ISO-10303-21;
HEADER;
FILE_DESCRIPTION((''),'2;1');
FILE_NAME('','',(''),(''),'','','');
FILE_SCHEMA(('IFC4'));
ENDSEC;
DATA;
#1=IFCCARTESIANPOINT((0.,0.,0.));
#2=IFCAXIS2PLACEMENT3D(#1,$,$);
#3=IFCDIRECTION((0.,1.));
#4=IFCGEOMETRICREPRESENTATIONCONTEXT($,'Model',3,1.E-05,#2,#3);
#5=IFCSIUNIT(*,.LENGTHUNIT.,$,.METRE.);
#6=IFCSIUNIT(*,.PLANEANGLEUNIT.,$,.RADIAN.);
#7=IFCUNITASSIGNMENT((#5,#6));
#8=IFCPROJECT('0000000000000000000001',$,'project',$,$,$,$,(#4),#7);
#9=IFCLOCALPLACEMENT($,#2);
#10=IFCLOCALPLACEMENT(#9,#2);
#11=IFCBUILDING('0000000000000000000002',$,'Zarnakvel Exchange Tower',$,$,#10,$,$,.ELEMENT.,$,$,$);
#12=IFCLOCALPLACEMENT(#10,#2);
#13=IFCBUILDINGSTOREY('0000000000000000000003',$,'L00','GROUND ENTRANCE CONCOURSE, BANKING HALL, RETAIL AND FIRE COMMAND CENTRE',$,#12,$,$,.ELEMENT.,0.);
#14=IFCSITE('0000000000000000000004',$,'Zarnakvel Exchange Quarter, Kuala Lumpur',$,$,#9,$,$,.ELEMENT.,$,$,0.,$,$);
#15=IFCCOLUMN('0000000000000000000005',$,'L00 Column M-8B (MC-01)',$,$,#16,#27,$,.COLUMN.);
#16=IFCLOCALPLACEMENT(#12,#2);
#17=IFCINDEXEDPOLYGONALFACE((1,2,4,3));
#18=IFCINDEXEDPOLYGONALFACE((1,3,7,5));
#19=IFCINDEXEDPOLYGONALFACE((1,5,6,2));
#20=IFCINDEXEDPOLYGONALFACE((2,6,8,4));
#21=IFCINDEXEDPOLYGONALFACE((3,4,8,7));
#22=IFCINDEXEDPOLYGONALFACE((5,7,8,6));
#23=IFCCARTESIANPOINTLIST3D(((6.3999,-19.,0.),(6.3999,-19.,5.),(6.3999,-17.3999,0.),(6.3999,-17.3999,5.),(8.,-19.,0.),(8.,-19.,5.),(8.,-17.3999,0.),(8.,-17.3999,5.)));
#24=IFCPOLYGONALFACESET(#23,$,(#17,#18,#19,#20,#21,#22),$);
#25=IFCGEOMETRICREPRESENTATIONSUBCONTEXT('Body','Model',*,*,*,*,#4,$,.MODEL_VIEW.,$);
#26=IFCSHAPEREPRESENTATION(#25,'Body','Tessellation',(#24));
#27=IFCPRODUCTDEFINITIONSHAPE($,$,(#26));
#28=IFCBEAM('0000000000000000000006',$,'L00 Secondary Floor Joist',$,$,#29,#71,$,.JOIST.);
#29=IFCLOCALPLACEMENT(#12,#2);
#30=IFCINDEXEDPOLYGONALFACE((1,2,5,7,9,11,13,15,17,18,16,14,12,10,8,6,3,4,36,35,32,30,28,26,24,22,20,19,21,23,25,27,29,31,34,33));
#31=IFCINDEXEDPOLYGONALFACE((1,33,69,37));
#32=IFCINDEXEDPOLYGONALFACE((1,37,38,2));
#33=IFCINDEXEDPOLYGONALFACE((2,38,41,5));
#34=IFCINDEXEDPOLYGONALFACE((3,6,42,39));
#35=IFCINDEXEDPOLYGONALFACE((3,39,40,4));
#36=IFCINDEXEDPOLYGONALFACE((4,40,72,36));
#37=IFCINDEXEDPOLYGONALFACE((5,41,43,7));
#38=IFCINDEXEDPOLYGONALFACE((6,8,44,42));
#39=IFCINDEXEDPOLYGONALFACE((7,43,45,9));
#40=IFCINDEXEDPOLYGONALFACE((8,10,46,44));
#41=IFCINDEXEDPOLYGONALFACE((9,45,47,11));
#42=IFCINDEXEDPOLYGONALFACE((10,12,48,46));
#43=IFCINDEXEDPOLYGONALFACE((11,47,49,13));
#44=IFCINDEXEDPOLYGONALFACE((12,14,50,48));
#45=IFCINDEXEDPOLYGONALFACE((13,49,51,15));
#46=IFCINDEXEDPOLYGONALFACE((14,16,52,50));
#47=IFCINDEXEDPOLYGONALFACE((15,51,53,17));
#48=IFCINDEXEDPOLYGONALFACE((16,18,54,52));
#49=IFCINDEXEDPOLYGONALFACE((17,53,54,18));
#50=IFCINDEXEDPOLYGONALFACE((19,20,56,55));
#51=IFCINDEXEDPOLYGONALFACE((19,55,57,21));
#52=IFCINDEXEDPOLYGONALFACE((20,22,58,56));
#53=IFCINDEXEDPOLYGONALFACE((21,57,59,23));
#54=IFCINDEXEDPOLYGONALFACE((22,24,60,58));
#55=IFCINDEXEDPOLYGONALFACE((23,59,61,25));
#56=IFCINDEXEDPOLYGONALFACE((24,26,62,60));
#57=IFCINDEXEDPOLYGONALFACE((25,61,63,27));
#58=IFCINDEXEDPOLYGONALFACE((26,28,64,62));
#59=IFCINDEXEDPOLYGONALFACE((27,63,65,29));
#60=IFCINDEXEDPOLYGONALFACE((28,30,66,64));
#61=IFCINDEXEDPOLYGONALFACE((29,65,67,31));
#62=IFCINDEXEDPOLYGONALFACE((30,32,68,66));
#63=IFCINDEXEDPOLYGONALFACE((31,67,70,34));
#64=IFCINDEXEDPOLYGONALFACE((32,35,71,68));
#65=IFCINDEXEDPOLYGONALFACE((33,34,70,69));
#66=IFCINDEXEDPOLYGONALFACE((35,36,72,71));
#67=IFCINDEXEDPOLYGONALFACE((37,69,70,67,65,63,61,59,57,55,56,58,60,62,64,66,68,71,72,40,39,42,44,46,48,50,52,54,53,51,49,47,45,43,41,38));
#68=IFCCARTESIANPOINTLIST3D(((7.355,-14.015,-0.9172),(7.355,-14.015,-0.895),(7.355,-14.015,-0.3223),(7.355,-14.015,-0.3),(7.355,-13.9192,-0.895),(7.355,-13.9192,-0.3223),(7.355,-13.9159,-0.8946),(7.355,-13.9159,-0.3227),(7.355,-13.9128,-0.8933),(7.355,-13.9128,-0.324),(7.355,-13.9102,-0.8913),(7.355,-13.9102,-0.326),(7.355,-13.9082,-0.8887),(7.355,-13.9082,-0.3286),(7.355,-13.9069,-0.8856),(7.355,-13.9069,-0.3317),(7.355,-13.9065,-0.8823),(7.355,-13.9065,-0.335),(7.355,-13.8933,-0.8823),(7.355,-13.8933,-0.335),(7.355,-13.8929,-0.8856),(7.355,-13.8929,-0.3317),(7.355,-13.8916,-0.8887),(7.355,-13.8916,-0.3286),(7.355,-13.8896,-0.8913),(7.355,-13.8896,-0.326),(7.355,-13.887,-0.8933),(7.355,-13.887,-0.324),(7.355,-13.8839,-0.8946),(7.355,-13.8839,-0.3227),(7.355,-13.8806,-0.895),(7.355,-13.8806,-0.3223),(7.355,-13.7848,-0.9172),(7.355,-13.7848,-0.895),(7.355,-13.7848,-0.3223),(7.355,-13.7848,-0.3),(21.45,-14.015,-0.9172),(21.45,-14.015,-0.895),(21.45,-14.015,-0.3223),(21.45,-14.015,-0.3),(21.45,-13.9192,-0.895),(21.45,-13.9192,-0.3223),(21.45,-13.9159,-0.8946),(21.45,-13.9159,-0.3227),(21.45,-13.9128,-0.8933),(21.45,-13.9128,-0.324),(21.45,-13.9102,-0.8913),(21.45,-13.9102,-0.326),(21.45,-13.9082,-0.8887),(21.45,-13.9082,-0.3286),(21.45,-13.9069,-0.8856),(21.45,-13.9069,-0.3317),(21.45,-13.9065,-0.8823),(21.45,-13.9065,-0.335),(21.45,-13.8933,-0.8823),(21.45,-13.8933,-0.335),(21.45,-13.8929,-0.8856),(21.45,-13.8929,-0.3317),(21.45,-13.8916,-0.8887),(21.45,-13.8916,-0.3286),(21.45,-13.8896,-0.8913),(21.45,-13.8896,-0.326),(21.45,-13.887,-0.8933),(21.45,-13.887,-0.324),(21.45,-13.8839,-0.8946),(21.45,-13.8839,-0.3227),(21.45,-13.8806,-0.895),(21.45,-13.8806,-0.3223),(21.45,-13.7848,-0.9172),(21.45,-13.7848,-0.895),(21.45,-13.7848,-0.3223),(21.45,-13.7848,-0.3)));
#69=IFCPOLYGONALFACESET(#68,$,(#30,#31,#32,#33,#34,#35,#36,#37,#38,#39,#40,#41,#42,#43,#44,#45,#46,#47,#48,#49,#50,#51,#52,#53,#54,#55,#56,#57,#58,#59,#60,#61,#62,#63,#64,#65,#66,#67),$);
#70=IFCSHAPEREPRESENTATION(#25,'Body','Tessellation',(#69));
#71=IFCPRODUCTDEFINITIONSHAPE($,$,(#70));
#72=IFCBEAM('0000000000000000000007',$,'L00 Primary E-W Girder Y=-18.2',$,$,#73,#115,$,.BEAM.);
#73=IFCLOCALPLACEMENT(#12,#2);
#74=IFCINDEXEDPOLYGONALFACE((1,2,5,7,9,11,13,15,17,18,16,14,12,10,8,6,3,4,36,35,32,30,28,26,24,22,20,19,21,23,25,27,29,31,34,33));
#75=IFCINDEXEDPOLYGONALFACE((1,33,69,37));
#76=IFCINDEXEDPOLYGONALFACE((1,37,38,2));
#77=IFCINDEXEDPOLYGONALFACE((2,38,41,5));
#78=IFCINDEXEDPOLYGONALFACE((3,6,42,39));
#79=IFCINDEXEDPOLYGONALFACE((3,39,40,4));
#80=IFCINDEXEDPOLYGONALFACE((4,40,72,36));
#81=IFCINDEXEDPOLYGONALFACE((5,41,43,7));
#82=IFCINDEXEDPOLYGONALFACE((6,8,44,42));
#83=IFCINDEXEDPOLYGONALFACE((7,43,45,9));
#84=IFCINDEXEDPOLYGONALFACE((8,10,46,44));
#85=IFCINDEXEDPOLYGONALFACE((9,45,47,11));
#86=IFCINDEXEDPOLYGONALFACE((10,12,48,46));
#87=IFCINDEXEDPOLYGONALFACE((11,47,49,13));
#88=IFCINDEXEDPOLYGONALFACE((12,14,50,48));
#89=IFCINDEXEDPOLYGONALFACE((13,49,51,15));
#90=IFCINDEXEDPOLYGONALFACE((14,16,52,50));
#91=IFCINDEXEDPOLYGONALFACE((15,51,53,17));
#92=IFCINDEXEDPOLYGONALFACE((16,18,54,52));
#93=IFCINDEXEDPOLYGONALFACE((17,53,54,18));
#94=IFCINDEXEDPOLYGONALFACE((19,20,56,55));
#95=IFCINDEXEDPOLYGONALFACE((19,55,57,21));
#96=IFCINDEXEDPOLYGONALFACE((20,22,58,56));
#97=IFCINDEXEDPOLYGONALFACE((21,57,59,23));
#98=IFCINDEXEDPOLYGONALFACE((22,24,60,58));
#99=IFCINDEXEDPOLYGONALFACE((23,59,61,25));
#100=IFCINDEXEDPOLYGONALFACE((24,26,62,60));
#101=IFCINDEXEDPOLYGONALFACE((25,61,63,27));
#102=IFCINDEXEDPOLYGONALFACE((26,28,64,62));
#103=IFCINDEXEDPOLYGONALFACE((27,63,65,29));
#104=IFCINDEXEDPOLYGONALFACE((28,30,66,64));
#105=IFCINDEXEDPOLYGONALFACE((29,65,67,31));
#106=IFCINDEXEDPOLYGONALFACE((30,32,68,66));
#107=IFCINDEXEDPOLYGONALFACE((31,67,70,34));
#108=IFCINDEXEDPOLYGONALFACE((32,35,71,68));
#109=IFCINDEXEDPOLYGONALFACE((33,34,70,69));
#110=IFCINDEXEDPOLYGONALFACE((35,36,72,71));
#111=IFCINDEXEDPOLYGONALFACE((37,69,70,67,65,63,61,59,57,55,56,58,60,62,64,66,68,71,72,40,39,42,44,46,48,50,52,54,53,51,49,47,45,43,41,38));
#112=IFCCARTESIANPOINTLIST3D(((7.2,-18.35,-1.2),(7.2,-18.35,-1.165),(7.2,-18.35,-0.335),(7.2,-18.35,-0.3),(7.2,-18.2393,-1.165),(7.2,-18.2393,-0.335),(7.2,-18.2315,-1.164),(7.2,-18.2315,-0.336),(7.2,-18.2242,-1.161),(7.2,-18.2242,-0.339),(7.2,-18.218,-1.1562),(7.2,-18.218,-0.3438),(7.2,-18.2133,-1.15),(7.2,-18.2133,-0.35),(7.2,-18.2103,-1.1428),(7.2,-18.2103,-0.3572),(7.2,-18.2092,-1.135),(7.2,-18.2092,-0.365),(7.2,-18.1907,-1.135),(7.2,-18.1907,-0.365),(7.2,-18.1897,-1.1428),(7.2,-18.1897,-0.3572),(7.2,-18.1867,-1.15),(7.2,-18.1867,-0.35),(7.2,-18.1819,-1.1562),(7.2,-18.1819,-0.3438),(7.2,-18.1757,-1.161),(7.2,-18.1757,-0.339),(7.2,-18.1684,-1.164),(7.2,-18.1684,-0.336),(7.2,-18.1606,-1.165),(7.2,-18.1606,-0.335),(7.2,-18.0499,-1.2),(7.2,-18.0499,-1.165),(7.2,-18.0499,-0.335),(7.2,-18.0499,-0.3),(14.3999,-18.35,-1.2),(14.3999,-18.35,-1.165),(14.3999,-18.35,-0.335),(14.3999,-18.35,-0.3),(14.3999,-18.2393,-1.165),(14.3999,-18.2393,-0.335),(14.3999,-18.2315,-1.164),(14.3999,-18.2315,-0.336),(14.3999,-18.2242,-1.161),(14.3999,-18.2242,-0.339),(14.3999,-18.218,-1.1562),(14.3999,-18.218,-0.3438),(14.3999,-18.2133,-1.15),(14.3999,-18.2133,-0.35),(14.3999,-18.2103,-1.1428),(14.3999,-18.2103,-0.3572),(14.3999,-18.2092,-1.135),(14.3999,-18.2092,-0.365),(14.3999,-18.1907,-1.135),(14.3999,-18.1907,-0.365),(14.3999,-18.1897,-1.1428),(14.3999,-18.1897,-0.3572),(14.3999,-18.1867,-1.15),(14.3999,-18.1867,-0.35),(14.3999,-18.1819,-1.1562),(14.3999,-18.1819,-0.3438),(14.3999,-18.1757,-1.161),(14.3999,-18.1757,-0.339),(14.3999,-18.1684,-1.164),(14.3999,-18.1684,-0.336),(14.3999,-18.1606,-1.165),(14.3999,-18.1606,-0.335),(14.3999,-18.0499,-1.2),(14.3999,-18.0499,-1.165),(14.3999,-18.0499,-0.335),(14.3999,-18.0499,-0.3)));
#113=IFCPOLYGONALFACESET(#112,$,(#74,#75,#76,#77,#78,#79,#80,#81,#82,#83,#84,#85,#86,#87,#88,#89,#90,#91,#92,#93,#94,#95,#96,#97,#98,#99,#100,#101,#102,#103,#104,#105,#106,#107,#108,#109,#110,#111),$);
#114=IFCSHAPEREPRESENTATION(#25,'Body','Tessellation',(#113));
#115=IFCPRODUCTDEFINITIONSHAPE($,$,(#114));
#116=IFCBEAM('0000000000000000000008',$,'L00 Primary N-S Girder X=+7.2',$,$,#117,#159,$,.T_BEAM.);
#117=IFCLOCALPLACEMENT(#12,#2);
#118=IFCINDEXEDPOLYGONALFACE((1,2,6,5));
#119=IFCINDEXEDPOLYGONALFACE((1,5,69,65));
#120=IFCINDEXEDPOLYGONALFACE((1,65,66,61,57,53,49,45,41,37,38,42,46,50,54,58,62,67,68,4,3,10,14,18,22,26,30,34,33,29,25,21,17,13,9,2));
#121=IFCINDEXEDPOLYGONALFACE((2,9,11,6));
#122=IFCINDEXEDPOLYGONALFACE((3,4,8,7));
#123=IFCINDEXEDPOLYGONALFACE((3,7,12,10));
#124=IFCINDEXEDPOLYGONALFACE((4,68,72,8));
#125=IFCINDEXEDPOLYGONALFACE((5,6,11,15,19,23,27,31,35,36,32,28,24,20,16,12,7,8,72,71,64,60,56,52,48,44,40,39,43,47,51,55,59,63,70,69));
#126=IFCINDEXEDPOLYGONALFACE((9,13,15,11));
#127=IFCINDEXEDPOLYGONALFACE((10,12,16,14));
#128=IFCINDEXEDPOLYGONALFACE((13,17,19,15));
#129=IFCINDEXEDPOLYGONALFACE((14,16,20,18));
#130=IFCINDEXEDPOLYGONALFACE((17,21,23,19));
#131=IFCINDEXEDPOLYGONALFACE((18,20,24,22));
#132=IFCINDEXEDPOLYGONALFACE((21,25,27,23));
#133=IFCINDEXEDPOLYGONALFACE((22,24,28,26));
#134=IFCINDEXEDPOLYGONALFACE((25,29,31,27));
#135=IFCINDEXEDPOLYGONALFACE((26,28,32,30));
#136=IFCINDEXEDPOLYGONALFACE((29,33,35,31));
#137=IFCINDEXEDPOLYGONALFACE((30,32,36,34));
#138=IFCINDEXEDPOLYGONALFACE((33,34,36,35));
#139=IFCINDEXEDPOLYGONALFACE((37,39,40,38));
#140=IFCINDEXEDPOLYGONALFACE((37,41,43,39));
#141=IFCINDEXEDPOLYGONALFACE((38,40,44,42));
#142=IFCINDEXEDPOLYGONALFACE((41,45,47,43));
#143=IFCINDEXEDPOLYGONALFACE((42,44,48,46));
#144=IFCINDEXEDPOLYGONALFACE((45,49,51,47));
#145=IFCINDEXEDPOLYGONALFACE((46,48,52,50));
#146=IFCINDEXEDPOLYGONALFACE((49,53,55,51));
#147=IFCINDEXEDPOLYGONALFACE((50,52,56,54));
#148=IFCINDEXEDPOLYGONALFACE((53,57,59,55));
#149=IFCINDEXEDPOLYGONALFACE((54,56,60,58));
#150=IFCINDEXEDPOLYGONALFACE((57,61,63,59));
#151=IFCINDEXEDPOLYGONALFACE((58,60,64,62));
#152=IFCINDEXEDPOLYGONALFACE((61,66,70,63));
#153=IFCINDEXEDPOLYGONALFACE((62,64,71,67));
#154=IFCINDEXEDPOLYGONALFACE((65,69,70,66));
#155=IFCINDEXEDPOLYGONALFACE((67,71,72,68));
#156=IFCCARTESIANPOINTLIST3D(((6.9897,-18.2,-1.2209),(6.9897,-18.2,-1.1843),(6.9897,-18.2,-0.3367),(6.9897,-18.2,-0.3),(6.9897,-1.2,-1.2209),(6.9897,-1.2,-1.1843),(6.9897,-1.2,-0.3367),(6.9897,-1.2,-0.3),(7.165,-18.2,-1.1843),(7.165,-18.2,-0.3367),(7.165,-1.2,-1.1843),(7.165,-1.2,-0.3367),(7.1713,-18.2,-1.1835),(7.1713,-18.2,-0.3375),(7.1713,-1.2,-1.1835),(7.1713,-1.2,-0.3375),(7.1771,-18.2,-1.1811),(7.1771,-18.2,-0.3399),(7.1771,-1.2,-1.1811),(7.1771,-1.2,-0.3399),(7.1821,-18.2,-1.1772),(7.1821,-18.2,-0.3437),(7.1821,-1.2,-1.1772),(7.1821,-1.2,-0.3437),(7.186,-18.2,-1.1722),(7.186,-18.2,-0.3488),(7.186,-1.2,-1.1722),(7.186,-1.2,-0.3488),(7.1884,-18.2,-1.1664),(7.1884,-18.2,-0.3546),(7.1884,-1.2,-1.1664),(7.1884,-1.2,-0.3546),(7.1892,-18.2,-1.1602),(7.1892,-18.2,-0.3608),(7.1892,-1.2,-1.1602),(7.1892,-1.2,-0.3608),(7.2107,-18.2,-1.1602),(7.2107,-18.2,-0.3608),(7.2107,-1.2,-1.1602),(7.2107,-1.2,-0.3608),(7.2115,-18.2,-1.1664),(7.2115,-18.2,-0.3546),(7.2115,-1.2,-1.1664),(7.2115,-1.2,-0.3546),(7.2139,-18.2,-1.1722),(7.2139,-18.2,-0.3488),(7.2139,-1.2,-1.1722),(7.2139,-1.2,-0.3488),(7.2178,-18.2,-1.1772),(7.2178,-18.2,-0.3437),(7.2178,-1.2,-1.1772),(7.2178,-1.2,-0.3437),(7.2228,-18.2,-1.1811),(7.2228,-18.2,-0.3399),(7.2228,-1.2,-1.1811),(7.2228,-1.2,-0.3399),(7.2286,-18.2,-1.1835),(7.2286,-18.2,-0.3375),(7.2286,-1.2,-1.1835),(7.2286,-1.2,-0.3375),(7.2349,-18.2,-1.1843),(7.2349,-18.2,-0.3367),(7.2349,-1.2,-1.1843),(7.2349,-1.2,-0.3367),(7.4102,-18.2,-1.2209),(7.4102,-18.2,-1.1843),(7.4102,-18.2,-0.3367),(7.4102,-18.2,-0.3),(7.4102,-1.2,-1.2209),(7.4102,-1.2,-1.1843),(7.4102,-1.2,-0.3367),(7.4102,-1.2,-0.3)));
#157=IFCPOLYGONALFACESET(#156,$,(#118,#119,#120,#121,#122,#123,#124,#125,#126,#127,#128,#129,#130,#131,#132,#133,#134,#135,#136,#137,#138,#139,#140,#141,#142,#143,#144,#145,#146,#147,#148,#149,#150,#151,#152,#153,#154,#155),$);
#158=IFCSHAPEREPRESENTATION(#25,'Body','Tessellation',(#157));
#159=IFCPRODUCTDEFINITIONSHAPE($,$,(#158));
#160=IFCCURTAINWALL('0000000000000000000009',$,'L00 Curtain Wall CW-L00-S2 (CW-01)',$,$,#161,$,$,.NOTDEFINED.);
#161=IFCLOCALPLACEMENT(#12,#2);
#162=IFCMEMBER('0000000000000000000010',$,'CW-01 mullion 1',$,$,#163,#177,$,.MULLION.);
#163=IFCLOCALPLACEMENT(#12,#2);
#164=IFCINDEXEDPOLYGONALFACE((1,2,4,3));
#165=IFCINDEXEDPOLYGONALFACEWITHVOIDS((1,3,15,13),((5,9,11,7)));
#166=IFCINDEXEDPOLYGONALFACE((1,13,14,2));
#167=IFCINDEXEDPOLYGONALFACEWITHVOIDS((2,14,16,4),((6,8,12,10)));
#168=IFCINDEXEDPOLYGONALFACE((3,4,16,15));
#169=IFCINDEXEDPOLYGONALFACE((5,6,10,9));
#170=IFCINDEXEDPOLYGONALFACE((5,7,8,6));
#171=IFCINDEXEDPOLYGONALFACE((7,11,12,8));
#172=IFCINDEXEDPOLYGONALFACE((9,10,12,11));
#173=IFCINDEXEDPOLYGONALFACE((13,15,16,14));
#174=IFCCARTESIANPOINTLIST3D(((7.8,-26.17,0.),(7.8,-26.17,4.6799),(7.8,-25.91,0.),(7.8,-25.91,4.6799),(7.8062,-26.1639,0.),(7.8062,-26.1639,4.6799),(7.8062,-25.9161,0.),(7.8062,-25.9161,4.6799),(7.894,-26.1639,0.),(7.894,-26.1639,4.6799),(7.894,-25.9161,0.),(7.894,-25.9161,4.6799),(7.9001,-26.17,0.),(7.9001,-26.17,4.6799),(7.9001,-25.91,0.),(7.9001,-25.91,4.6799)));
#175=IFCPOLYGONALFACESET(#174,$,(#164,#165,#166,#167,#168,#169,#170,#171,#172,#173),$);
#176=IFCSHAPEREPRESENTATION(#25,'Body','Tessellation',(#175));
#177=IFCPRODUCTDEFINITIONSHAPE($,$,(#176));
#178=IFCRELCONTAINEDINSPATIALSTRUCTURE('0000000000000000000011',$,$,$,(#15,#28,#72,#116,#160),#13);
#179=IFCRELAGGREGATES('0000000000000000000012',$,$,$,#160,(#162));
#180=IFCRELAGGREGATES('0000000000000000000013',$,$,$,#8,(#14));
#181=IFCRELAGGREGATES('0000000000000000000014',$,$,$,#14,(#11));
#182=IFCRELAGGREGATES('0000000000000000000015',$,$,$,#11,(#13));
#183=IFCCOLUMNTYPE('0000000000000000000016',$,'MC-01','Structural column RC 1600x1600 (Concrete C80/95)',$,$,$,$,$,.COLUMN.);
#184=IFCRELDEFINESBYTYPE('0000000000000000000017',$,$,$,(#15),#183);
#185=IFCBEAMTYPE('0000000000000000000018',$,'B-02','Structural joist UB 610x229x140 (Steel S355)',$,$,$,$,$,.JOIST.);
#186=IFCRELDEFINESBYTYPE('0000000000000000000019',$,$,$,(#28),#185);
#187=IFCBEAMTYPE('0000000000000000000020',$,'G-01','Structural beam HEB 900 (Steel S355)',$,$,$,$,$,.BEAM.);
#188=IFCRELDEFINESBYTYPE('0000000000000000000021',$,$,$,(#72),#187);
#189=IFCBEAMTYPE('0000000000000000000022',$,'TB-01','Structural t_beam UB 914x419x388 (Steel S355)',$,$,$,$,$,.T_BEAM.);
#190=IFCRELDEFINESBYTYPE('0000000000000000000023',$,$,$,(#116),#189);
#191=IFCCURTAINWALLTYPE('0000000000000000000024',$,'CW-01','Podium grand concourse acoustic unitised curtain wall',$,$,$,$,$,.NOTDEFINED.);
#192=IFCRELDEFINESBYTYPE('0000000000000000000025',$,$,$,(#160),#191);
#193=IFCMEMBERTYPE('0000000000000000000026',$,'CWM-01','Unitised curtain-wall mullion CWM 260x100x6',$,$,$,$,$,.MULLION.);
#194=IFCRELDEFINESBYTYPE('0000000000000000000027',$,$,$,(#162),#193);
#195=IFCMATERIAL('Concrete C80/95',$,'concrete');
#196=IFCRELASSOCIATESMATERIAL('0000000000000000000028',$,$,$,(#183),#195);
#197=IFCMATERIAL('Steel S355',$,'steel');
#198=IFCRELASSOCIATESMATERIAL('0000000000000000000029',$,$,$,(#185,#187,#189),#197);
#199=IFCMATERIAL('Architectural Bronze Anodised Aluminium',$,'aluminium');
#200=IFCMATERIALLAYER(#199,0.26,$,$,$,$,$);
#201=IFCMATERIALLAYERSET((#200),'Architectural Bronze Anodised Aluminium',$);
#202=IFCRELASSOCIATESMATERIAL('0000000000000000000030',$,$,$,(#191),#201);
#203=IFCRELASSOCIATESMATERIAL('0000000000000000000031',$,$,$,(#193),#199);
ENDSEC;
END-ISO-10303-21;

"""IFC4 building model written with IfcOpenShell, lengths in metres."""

from ifc_helpers import new_model, si_unit, direction, frame, origin, origin_2d, place, context, subcontext, project, spatial, rectangle, hollow_rectangle, i_section, extrude, source, transform, mapped, material, layer, layer_set, material_profile, profile_set, type_object, element, aggregate, save


model = new_model("IFC4")

# Units and contexts
model_context = context("Model", 3, precision=1e-05, world=origin(), true_north=direction((0.0, 1.0)))
body_context = subcontext(model_context, "Body", "Model", "MODEL_VIEW")
ifc_project = project(units=[si_unit("LENGTHUNIT", "METRE"), si_unit("PLANEANGLEUNIT", "RADIAN")], contexts=[model_context])

# Site, building, storey
site_placement = place(None, origin())
site = spatial("IfcSite", under=ifc_project, at=site_placement, Name="Zarnakvel Exchange Quarter, Kuala Lumpur", CompositionType="ELEMENT", RefElevation=0.0)
building_placement = place(site_placement, origin())
building = spatial("IfcBuilding", under=site, at=building_placement, Name="Zarnakvel Exchange Tower", CompositionType="ELEMENT")
storey_placement = place(building_placement, origin())
storey = spatial("IfcBuildingStorey", under=building, at=storey_placement, Name="L00", Description="GROUND ENTRANCE CONCOURSE, BANKING HALL, RETAIL AND FIRE COMMAND CENTRE", CompositionType="ELEMENT", Elevation=0.0)

# Column
ifc_material_1 = material(Name="Concrete C80/95", Category="concrete")
ifc_material_profile_1 = material_profile(ifc_material_1, rectangle(XDim=1.6001, YDim=1.6001, at=origin_2d()))
ifc_profile_set_1 = profile_set([ifc_material_profile_1], Name="Concrete C80/95")
column_type = type_object("IfcColumnType", Name="MC-01", Description="Structural column RC 1600x1600 (Concrete C80/95)", PredefinedType="COLUMN", material=ifc_profile_set_1)
column_placement = place(storey_placement, frame((7.2, -18.2, 0.0), z_axis=(0.0, 0.0, 1.0), x_axis=(1.0, 0.0, 0.0)))
element("IfcColumn", 1, at=column_placement, inside=storey, type_object=column_type, Name="L00 Column M-8B (MC-01)", PredefinedType="COLUMN", context=body_context, shape_type="SweptSolid", body=[
    extrude(rectangle(XDim=1.6001, YDim=1.6001, at=origin_2d()), origin(), (0.0, 0.0, 1.0), 5.0),
])

# Beams
ifc_material_2 = material(Name="Steel S355", Category="steel")
ifc_material_profile_2 = material_profile(ifc_material_2, i_section(OverallWidth=0.2302, OverallDepth=0.6172, WebThickness=0.0132, FlangeThickness=0.0222, FilletRadius=0.0127, at=origin_2d()))
ifc_profile_set_2 = profile_set([ifc_material_profile_2], Name="Steel S355")
beam_type_1 = type_object("IfcBeamType", Name="B-02", Description="Structural joist UB 610x229x140 (Steel S355)", PredefinedType="JOIST", material=ifc_profile_set_2)
beam_1_placement = place(storey_placement, frame((7.355, -13.8999, -0.6086), z_axis=(1.0, 0.0, 0.0), x_axis=(0.0, 1.0, 0.0)))
element("IfcBeam", 2, at=beam_1_placement, inside=storey, type_object=beam_type_1, Name="L00 Secondary Floor Joist", PredefinedType="JOIST", context=body_context, shape_type="SweptSolid", body=[
    extrude(i_section(OverallWidth=0.2302, OverallDepth=0.6172, WebThickness=0.0132, FlangeThickness=0.0222, FilletRadius=0.0127, at=origin_2d()), origin(), (0.0, 0.0, 1.0), 14.095),
])
ifc_material_profile_3 = material_profile(ifc_material_2, i_section(OverallWidth=0.3, OverallDepth=0.8999, WebThickness=0.0186, FlangeThickness=0.0349, FilletRadius=0.03, at=origin_2d()))
ifc_profile_set_3 = profile_set([ifc_material_profile_3], Name="Steel S355")
beam_type_2 = type_object("IfcBeamType", Name="G-01", Description="Structural beam HEB 900 (Steel S355)", PredefinedType="BEAM", material=ifc_profile_set_3)
beam_2_placement = place(storey_placement, frame((7.2, -18.2, -0.75), z_axis=(1.0, 0.0, 0.0), x_axis=(0.0, 1.0, 0.0)))
element("IfcBeam", 3, at=beam_2_placement, inside=storey, type_object=beam_type_2, Name="L00 Primary E-W Girder Y=-18.2", PredefinedType="BEAM", context=body_context, shape_type="SweptSolid", body=[
    extrude(i_section(OverallWidth=0.3, OverallDepth=0.8999, WebThickness=0.0186, FlangeThickness=0.0349, FilletRadius=0.03, at=origin_2d()), origin(), (0.0, 0.0, 1.0), 7.2),
])
ifc_material_profile_4 = material_profile(ifc_material_2, i_section(OverallWidth=0.4204, OverallDepth=0.9209, WebThickness=0.0215, FlangeThickness=0.0366, FilletRadius=0.0242, at=origin_2d()))
ifc_profile_set_4 = profile_set([ifc_material_profile_4], Name="Steel S355")
beam_type_3 = type_object("IfcBeamType", Name="TB-01", Description="Structural t_beam UB 914x419x388 (Steel S355)", PredefinedType="T_BEAM", material=ifc_profile_set_4)
beam_3_placement = place(storey_placement, frame((7.2, -18.2, -0.7605), z_axis=(0.0, 1.0, 0.0), x_axis=(-1.0, 0.0, 0.0)))
element("IfcBeam", 4, at=beam_3_placement, inside=storey, type_object=beam_type_3, Name="L00 Primary N-S Girder X=+7.2", PredefinedType="T_BEAM", context=body_context, shape_type="SweptSolid", body=[
    extrude(i_section(OverallWidth=0.4204, OverallDepth=0.9209, WebThickness=0.0215, FlangeThickness=0.0366, FilletRadius=0.0242, at=origin_2d()), origin(), (0.0, 0.0, 1.0), 17.0),
])

# Curtain wall, member
ifc_material_3 = material(Name="Architectural Bronze Anodised Aluminium", Category="aluminium")
ifc_layer_1 = layer(ifc_material_3, 0.26)
ifc_layer_set_1 = layer_set([ifc_layer_1], Name="Architectural Bronze Anodised Aluminium")
curtain_wall_type = type_object("IfcCurtainWallType", Name="CW-01", Description="Podium grand concourse acoustic unitised curtain wall", PredefinedType="NOTDEFINED", material=ifc_layer_set_1)
curtain_wall_placement = place(storey_placement, origin())
curtain_wall = element("IfcCurtainWall", 5, at=curtain_wall_placement, inside=storey, type_object=curtain_wall_type, Name="L00 Curtain Wall CW-L00-S2 (CW-01)", PredefinedType="NOTDEFINED")
ifc_material_profile_5 = material_profile(ifc_material_3, hollow_rectangle(XDim=0.26, YDim=0.1001, WallThickness=0.0061, at=origin_2d()))
ifc_profile_set_5 = profile_set([ifc_material_profile_5], Name="Architectural Bronze Anodised Aluminium")
member_type_1 = type_object("IfcMemberType", Name="CWM-01", Description="Unitised curtain-wall mullion CWM 260x100x6", PredefinedType="MULLION", material=ifc_profile_set_5)
shared_shape_1 = source(origin(), body_context, "Body", "SweptSolid", [
    extrude(hollow_rectangle(XDim=0.26, YDim=0.1001, WallThickness=0.0061, at=origin_2d()), origin(), (0.0, 0.0, 1.0), 4.6799),
])
member_1_placement = place(storey_placement, frame((7.8501, -26.04, 0.0), z_axis=(0.0, 0.0, 1.0), x_axis=(0.0, 1.0, 0.0)))
member_1 = element("IfcMember", 6, at=member_1_placement, type_object=member_type_1, Name="CW-01 mullion 1", PredefinedType="MULLION", context=body_context, shape_type="MappedRepresentation", body=[
    mapped(shared_shape_1, transform((0.0, 0.0, 0.0), x_axis=(1.0, 0.0, 0.0), y_axis=(0.0, 1.0, 0.0), z_axis=(0.0, 0.0, 1.0), scale=1.0)),
])
aggregate(curtain_wall, [member_1])

save(model, "model.ifc")
